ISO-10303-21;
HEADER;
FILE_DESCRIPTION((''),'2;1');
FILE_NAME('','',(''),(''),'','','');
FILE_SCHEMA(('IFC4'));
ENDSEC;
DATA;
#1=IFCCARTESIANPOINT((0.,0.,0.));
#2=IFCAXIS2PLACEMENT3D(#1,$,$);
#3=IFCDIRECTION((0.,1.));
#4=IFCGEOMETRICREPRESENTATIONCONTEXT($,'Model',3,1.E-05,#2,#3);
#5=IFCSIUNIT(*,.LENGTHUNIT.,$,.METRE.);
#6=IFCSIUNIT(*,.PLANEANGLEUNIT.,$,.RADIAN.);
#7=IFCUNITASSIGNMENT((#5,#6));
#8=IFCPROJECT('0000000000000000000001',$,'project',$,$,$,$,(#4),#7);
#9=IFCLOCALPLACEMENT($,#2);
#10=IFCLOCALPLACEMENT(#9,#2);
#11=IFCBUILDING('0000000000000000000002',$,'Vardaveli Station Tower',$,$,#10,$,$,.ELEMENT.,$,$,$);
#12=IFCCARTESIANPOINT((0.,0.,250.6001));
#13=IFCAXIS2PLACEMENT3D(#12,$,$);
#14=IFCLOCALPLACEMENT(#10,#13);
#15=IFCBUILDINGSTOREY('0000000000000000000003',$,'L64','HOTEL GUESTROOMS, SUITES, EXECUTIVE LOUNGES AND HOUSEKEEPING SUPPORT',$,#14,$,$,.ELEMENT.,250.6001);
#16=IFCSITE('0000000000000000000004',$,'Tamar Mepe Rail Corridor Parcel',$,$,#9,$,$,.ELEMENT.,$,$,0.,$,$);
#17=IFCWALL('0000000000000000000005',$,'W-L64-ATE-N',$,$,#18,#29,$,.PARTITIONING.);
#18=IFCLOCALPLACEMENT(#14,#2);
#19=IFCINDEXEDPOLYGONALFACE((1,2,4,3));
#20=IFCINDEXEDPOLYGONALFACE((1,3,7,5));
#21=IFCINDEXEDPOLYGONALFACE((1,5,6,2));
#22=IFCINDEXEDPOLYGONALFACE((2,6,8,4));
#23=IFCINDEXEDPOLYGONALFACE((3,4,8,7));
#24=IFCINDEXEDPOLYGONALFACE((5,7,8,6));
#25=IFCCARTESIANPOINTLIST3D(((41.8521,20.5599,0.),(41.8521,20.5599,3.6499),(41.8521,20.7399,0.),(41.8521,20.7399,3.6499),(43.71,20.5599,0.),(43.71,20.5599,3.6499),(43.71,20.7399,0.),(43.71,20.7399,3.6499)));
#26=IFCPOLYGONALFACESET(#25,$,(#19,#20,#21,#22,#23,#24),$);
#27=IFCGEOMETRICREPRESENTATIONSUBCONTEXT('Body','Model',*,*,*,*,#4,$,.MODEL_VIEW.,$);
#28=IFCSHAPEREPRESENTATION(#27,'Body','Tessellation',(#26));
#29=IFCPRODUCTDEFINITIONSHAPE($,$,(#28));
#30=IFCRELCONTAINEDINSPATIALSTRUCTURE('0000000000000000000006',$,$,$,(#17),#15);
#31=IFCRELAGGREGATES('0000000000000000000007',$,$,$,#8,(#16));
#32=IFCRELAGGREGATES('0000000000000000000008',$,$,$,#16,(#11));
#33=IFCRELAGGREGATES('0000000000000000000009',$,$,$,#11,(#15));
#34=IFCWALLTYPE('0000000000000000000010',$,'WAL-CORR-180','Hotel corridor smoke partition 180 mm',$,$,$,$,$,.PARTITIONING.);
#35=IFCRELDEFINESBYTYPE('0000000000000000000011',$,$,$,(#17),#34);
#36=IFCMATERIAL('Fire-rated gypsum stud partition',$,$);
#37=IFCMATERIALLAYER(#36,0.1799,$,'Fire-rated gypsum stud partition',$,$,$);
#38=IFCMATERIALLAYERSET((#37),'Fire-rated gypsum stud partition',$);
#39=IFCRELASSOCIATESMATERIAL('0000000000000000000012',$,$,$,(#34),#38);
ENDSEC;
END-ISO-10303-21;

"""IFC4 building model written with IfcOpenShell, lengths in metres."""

from ifc_helpers import new_model, si_unit, direction, frame, frame_2d, origin, place, context, subcontext, project, spatial, rectangle, extrude, source, transform, mapped, material, layer, layer_set, type_object, element, save


model = new_model("IFC4")

# Units and contexts
model_context = context("Model", 3, precision=1e-05, world=origin(), true_north=direction((0.0, 1.0)))
body_context = subcontext(model_context, "Body", "Model", "MODEL_VIEW")
ifc_project = project(units=[si_unit("LENGTHUNIT", "METRE"), si_unit("PLANEANGLEUNIT", "RADIAN")], contexts=[model_context])

# Site, building, storey
site_placement = place(None, origin())
site = spatial("IfcSite", under=ifc_project, at=site_placement, Name="Tamar Mepe Rail Corridor Parcel", CompositionType="ELEMENT", RefElevation=0.0)
building_placement = place(site_placement, origin())
building = spatial("IfcBuilding", under=site, at=building_placement, Name="Vardaveli Station Tower", CompositionType="ELEMENT")
storey_placement = place(building_placement, frame((0.0, 0.0, 250.6001)))
storey = spatial("IfcBuildingStorey", under=building, at=storey_placement, Name="L64", Description="HOTEL GUESTROOMS, SUITES, EXECUTIVE LOUNGES AND HOUSEKEEPING SUPPORT", CompositionType="ELEMENT", Elevation=250.6001)

# Wall
ifc_material_1 = material(Name="Fire-rated gypsum stud partition")
ifc_layer_1 = layer(ifc_material_1, 0.1799, Name="Fire-rated gypsum stud partition")
ifc_layer_set_1 = layer_set([ifc_layer_1], Name="Fire-rated gypsum stud partition")
wall_type_1 = type_object("IfcWallType", Name="WAL-CORR-180", Description="Hotel corridor smoke partition 180 mm", PredefinedType="PARTITIONING", material=ifc_layer_set_1)
shared_shape_1 = source(origin(), body_context, "Body", "SweptSolid", [
    extrude(rectangle(XDim=1.8579, YDim=0.1799, at=frame_2d((0.929, 0.0))), origin(), (0.0, 0.0, 1.0), 3.6499),
])
wall_1_placement = place(storey_placement, frame((41.8521, 20.6499, 0.0), z_axis=(0.0, 0.0, 1.0), x_axis=(1.0, 0.0, 0.0)))
element("IfcWall", 1, at=wall_1_placement, inside=storey, type_object=wall_type_1, Name="W-L64-ATE-N", PredefinedType="PARTITIONING", context=body_context, shape_type="MappedRepresentation", body=[
    mapped(shared_shape_1, transform((0.0, 0.0, 0.0), scale=1.0)),
])

save(model, "model.ifc")
